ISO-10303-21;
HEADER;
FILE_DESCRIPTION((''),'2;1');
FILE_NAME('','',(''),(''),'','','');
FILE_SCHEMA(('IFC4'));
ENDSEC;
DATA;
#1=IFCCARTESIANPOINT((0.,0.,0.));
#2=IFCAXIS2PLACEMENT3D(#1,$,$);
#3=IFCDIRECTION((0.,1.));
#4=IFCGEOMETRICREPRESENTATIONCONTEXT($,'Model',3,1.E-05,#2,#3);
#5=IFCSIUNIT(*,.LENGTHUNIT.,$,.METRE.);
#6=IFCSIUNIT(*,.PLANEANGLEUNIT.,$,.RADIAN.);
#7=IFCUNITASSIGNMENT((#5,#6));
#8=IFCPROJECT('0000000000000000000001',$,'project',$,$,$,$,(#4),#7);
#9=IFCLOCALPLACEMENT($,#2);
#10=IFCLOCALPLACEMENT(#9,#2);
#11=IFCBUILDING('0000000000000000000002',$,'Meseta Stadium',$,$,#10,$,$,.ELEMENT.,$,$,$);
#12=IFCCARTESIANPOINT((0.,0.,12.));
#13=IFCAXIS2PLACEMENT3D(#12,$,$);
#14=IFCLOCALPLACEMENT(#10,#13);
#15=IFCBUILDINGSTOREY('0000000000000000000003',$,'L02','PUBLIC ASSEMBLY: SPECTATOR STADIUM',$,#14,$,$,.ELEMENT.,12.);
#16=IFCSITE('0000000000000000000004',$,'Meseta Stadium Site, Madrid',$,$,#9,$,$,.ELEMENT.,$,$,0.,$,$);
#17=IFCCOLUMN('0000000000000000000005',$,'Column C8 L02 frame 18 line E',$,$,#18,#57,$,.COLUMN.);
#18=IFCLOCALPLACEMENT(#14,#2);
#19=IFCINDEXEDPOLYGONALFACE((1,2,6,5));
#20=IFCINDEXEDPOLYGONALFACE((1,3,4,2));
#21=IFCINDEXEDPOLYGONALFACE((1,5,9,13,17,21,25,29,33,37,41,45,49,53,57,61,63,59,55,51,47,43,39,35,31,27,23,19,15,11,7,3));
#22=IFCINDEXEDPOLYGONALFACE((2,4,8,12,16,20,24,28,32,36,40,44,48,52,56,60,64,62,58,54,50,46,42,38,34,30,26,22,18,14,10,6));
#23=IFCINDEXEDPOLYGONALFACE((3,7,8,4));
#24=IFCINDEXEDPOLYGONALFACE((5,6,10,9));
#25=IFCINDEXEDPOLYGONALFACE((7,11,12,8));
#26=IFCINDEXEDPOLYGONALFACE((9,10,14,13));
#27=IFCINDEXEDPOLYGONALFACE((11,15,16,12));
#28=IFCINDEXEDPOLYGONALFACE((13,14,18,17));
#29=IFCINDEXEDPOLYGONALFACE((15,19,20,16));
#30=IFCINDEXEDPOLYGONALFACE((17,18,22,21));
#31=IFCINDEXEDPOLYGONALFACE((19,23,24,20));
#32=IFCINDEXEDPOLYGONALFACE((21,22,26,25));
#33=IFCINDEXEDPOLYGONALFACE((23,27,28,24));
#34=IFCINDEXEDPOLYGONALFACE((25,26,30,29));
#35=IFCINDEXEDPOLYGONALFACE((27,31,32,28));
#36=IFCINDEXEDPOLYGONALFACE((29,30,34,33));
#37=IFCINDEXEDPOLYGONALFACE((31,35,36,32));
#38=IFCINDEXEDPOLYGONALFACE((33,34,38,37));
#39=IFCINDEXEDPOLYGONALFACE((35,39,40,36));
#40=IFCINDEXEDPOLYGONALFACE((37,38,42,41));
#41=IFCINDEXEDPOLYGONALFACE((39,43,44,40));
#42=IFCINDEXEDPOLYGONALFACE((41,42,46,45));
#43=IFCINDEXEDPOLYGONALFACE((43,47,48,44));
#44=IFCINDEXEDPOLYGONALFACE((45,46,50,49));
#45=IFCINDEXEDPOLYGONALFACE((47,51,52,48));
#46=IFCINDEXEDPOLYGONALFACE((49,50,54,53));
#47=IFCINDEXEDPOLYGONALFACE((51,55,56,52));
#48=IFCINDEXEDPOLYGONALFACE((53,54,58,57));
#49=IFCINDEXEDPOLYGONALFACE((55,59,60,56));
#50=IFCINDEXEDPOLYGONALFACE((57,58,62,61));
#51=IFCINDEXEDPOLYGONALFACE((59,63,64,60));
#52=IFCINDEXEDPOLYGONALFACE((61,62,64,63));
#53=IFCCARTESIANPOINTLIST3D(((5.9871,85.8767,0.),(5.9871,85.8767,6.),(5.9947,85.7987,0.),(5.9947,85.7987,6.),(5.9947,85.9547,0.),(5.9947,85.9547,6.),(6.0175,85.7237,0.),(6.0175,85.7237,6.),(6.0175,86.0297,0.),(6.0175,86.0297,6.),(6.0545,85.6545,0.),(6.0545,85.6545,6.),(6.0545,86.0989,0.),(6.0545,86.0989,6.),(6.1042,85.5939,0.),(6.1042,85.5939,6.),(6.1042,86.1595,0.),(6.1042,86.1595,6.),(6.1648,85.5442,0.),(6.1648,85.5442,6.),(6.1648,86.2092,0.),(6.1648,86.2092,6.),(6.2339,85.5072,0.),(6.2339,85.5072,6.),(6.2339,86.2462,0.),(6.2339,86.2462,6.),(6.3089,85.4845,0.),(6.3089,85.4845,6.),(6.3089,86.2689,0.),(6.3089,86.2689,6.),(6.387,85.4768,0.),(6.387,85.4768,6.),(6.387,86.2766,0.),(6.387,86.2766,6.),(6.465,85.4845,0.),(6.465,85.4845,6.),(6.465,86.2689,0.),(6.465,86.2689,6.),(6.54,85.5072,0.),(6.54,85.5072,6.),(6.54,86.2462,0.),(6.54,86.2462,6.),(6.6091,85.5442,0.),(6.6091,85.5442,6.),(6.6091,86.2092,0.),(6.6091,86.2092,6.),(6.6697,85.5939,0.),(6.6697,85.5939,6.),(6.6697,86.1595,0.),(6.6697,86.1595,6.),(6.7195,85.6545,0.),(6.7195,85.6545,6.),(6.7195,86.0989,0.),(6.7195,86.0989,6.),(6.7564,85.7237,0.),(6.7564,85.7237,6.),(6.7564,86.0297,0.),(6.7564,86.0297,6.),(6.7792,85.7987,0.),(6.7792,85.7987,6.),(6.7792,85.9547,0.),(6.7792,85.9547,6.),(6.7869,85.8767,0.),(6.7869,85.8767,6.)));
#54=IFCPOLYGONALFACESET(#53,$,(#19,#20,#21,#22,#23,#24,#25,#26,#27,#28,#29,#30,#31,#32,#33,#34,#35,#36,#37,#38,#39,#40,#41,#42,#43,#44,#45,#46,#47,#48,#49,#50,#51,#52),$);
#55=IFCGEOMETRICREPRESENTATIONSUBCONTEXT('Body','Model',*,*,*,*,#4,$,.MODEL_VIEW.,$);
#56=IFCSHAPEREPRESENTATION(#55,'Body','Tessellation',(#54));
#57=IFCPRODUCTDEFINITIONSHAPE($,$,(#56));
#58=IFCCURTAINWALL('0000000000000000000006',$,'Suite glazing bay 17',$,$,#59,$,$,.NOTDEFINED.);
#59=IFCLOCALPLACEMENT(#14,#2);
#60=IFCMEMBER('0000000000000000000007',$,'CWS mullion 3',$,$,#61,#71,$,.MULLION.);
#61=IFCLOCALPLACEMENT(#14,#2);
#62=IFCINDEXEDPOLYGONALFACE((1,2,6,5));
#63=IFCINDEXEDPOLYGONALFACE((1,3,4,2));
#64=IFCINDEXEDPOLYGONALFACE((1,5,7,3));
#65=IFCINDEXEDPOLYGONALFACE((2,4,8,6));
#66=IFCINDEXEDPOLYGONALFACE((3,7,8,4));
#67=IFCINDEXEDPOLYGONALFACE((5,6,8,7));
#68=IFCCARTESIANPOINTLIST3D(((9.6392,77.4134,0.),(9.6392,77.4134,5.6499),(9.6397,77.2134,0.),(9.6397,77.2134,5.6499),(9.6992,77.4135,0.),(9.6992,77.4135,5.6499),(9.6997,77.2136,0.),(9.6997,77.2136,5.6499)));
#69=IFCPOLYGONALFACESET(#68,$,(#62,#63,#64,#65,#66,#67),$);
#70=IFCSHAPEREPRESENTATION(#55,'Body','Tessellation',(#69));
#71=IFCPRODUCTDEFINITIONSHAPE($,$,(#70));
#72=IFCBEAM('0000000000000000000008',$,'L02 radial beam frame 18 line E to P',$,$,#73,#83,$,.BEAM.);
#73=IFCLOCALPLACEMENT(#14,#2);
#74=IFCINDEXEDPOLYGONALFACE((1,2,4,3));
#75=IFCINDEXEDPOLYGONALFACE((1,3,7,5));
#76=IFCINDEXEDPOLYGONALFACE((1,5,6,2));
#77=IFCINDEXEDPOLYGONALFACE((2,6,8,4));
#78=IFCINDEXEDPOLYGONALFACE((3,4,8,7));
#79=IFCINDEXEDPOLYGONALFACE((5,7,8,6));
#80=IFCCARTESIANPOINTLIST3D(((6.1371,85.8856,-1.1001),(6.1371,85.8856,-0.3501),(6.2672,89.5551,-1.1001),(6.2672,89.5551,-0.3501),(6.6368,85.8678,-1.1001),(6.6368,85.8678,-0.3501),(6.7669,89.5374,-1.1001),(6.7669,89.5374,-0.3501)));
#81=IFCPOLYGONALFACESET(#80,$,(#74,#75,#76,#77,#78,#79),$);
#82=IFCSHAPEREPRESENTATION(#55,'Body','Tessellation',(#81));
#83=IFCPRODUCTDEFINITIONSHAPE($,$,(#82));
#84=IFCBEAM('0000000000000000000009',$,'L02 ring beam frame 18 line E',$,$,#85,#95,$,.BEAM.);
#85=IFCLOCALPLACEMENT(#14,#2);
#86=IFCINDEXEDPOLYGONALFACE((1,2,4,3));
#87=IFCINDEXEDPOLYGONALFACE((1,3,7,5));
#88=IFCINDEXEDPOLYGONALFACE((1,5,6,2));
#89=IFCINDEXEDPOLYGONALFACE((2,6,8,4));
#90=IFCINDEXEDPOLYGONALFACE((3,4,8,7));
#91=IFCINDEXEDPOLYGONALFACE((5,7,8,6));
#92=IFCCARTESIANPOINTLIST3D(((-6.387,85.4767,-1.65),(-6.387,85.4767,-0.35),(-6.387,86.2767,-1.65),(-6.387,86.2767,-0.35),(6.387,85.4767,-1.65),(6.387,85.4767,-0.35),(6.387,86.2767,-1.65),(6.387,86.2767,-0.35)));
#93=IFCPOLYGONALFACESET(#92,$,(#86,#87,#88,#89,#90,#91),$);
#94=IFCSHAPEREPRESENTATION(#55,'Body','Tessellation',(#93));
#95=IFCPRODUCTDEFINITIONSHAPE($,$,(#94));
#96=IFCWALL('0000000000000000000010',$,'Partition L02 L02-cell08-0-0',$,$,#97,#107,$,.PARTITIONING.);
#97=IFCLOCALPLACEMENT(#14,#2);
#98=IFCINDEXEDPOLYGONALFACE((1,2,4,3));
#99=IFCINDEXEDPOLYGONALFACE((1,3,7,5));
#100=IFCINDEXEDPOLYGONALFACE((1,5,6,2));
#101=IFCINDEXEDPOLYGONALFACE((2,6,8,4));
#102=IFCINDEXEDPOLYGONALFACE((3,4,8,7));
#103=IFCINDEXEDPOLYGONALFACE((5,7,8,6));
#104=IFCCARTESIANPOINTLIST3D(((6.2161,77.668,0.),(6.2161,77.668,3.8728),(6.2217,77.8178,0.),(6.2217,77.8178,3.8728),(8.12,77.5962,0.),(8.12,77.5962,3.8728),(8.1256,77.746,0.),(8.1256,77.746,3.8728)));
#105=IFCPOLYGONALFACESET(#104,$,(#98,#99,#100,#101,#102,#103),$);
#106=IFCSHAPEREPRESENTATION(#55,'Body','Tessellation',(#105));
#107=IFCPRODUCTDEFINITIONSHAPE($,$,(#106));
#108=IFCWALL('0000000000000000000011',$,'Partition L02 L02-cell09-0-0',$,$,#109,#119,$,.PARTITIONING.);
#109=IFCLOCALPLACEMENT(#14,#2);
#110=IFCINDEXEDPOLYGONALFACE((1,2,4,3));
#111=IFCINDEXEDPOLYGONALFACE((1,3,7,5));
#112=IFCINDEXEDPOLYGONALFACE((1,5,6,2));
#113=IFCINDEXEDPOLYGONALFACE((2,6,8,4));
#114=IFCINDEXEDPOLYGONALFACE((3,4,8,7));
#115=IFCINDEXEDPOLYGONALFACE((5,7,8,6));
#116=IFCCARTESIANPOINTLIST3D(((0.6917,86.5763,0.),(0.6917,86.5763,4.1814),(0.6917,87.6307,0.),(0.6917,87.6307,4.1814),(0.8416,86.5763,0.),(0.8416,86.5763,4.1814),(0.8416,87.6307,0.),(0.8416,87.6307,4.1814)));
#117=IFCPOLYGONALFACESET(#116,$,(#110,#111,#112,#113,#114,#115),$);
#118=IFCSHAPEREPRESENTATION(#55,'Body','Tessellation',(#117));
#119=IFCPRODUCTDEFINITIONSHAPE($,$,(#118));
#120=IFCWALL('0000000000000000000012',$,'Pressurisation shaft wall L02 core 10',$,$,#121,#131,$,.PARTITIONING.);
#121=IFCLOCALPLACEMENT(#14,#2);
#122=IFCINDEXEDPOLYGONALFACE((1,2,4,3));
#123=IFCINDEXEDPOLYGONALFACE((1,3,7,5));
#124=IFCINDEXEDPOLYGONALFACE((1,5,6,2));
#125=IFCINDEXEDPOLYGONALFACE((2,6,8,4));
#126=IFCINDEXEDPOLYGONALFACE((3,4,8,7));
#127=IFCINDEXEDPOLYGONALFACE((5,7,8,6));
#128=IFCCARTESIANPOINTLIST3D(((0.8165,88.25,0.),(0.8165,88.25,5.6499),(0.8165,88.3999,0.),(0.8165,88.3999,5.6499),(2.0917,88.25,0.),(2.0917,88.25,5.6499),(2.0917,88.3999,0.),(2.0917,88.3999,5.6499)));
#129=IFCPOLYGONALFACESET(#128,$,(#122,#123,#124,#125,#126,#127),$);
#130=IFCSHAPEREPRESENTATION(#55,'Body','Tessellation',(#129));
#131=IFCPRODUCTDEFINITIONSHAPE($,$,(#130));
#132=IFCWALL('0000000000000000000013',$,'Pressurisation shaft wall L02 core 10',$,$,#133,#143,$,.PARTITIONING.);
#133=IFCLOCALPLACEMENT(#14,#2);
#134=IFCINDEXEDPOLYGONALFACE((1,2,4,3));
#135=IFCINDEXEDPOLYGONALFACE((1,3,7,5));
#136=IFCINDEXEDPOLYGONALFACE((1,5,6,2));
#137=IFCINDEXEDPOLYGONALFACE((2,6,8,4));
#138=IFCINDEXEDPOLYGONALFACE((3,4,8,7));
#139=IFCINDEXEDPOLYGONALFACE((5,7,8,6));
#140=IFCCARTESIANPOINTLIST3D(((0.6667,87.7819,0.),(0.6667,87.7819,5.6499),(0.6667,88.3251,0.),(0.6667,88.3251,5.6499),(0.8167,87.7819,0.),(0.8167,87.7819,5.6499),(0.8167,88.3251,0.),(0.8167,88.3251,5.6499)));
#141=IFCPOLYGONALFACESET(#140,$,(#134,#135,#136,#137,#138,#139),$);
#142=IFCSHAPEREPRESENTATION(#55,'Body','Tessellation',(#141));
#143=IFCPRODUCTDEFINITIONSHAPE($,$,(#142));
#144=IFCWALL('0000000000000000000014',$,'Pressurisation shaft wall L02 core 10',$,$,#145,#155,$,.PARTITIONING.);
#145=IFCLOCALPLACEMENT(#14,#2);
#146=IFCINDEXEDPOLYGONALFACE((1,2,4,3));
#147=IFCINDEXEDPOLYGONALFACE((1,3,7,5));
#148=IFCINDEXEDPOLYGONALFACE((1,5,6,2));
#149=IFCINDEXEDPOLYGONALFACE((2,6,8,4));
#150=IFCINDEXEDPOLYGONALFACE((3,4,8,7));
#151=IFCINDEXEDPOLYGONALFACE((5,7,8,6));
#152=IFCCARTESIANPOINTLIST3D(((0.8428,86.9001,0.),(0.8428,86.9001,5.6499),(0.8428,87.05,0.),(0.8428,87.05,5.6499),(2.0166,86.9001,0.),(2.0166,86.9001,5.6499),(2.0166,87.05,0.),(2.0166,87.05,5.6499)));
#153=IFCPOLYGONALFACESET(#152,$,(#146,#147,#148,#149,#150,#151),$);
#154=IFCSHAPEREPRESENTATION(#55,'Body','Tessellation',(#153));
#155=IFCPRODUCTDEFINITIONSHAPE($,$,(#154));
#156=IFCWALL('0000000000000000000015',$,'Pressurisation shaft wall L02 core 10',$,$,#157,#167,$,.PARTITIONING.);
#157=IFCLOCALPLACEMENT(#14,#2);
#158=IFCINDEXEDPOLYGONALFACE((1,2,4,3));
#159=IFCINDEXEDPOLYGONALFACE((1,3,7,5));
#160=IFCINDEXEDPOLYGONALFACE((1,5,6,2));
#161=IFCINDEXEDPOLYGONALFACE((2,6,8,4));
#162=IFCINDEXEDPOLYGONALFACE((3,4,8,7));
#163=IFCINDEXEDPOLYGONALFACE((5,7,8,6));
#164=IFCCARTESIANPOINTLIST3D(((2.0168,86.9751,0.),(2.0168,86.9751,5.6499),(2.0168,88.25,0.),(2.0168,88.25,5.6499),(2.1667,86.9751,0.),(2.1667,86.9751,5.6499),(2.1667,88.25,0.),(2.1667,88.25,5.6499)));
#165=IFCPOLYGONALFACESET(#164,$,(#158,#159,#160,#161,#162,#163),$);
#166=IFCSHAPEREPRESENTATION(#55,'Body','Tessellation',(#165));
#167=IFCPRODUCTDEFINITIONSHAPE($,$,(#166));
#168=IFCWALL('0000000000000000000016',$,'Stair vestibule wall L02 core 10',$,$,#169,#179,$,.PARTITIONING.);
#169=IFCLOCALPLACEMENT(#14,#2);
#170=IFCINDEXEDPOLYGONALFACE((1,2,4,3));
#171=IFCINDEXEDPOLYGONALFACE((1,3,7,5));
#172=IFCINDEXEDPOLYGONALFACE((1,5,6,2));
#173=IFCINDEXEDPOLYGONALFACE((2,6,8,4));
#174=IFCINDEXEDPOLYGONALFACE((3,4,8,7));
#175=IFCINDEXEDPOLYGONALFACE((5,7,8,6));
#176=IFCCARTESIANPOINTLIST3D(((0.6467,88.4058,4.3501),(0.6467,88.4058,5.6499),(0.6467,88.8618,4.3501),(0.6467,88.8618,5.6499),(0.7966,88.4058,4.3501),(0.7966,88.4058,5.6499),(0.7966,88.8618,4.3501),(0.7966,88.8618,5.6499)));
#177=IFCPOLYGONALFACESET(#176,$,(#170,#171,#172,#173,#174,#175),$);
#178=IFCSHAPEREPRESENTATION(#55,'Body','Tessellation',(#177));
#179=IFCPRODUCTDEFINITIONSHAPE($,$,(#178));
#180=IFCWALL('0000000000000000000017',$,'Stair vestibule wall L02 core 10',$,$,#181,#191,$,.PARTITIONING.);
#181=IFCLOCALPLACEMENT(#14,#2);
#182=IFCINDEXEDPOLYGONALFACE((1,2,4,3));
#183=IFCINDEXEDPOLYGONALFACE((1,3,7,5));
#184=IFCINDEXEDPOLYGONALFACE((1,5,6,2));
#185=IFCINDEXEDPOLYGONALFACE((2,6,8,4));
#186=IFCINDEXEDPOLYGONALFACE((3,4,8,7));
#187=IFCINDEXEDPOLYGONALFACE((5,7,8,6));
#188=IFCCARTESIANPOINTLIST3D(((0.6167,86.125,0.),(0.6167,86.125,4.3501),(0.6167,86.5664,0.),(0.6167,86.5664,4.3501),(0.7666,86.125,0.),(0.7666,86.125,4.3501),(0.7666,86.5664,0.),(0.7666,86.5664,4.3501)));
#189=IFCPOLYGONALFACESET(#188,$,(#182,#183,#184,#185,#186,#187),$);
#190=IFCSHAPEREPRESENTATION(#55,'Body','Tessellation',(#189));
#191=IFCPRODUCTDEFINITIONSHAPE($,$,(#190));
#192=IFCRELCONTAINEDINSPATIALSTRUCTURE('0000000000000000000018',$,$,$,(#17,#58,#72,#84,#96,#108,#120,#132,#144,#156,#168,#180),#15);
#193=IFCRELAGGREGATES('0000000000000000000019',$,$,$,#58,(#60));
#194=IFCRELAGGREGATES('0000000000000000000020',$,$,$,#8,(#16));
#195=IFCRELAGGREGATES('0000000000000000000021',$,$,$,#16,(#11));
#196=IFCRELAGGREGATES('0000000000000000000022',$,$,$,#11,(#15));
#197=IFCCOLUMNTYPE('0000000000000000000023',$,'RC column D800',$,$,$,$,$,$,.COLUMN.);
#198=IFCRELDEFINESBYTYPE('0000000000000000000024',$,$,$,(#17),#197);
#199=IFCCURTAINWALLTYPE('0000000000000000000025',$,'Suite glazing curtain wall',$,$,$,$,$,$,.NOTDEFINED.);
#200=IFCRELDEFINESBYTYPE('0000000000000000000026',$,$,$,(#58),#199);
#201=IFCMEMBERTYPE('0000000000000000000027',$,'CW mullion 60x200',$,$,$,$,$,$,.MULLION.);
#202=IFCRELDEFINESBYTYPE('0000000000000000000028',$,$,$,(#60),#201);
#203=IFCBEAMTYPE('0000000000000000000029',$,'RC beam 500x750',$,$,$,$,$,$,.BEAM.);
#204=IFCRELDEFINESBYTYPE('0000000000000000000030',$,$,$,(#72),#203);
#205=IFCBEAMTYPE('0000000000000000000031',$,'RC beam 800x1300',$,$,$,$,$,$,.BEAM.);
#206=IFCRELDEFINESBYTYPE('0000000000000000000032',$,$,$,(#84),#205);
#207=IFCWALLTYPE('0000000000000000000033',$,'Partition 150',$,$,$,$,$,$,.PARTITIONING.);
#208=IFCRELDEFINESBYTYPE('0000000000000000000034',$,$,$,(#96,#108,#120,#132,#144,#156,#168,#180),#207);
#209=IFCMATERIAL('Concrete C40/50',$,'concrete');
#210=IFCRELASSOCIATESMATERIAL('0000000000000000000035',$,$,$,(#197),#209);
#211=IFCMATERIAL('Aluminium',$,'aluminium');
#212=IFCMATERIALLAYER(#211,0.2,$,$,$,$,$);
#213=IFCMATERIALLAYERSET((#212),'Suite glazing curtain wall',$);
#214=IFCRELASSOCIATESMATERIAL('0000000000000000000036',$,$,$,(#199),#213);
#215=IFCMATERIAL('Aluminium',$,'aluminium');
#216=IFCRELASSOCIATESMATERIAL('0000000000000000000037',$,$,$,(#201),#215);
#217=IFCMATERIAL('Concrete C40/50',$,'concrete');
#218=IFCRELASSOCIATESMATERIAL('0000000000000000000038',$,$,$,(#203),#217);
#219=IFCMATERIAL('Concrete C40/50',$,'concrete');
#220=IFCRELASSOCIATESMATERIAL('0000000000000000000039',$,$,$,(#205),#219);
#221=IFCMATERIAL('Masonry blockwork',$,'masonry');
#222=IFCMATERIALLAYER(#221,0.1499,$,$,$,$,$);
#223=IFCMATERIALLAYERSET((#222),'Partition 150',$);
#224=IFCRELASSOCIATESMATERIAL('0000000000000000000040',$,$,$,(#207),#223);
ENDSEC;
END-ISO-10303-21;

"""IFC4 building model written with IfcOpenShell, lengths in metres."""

from ifc_helpers import new_model, si_unit, direction, frame, frame_2d, origin, origin_2d, place, context, subcontext, project, spatial, rectangle, circle, extrude, material, layer, layer_set, material_profile, profile_set, type_object, element, aggregate, save


model = new_model("IFC4")

# Units and contexts
model_context = context("Model", 3, precision=1e-05, world=origin(), true_north=direction((0.0, 1.0)))
body_context = subcontext(model_context, "Body", "Model", "MODEL_VIEW")
ifc_project = project(units=[si_unit("LENGTHUNIT", "METRE"), si_unit("PLANEANGLEUNIT", "RADIAN")], contexts=[model_context])

# Site, building, storey
site_placement = place(None, origin())
site = spatial("IfcSite", under=ifc_project, at=site_placement, Name="Meseta Stadium Site, Madrid", CompositionType="ELEMENT", RefElevation=0.0)
building_placement = place(site_placement, origin())
building = spatial("IfcBuilding", under=site, at=building_placement, Name="Meseta Stadium", CompositionType="ELEMENT")
storey_placement = place(building_placement, frame((0.0, 0.0, 12.0)))
storey = spatial("IfcBuildingStorey", under=building, at=storey_placement, Name="L02", Description="PUBLIC ASSEMBLY: SPECTATOR STADIUM", CompositionType="ELEMENT", Elevation=12.0)

# Column
ifc_material_1 = material(Name="Concrete C40/50", Category="concrete")
ifc_material_profile_1 = material_profile(ifc_material_1, circle(Radius=0.3999, at=origin_2d()), Name="RC D800")
ifc_profile_set_1 = profile_set([ifc_material_profile_1], Name="Concrete C40/50")
column_type = type_object("IfcColumnType", Name="RC column D800", PredefinedType="COLUMN", material=ifc_profile_set_1)
column_placement = place(storey_placement, frame((6.387, 85.8767, 0.0), z_axis=(0.0, 0.0, 1.0), x_axis=(1.0, 0.0, 0.0)))
element("IfcColumn", 1, at=column_placement, inside=storey, type_object=column_type, Name="Column C8 L02 frame 18 line E", PredefinedType="COLUMN", context=body_context, shape_type="SweptSolid", body=[
    extrude(circle(Radius=0.3999, at=origin_2d()), origin(), (0.0, 0.0, 1.0), 6.0),
])

# Curtain wall, member
ifc_material_2 = material(Name="Aluminium", Category="aluminium")
ifc_layer_1 = layer(ifc_material_2, 0.2)
ifc_layer_set_1 = layer_set([ifc_layer_1], Name="Suite glazing curtain wall")
curtain_wall_type = type_object("IfcCurtainWallType", Name="Suite glazing curtain wall", PredefinedType="NOTDEFINED", material=ifc_layer_set_1)
curtain_wall_placement = place(storey_placement, origin())
curtain_wall = element("IfcCurtainWall", 2, at=curtain_wall_placement, inside=storey, type_object=curtain_wall_type, Name="Suite glazing bay 17", PredefinedType="NOTDEFINED")
ifc_material_3 = material(Name="Aluminium", Category="aluminium")
ifc_material_profile_2 = material_profile(ifc_material_3, rectangle(XDim=0.2, YDim=0.0601, at=origin_2d()), Name="CW 200x60")
ifc_profile_set_2 = profile_set([ifc_material_profile_2], Name="Aluminium")
member_type = type_object("IfcMemberType", Name="CW mullion 60x200", PredefinedType="MULLION", material=ifc_profile_set_2)
member_placement = place(storey_placement, frame((9.6694, 77.3135, 0.0), z_axis=(0.0, 0.0, 1.0), x_axis=(0.002486, -0.999997, 0.0)))
member = element("IfcMember", 3, at=member_placement, type_object=member_type, Name="CWS mullion 3", PredefinedType="MULLION", context=body_context, shape_type="SweptSolid", body=[
    extrude(rectangle(XDim=0.2, YDim=0.0601, at=origin_2d()), origin(), (0.0, 0.0, 1.0), 5.6499),
])
aggregate(curtain_wall, [member])

# Beams
ifc_material_4 = material(Name="Concrete C40/50", Category="concrete")
ifc_material_profile_3 = material_profile(ifc_material_4, rectangle(XDim=0.5, YDim=0.75, at=origin_2d()), Name="RC 500x750")
ifc_profile_set_3 = profile_set([ifc_material_profile_3], Name="Concrete C40/50")
beam_type_1 = type_object("IfcBeamType", Name="RC beam 500x750", PredefinedType="BEAM", material=ifc_profile_set_3)
beam_1_placement = place(storey_placement, frame((6.387, 85.8767, -0.7251), z_axis=(0.035438, 0.999372, 0.0), x_axis=(-0.999372, 0.035438, 0.0)))
element("IfcBeam", 4, at=beam_1_placement, inside=storey, type_object=beam_type_1, Name="L02 radial beam frame 18 line E to P", PredefinedType="BEAM", context=body_context, shape_type="SweptSolid", body=[
    extrude(rectangle(XDim=0.5, YDim=0.75, at=origin_2d()), origin(), (0.0, 0.0, 1.0), 3.6719),
])
ifc_material_5 = material(Name="Concrete C40/50", Category="concrete")
ifc_material_profile_4 = material_profile(ifc_material_5, rectangle(XDim=0.8, YDim=1.3, at=origin_2d()), Name="RC 800x1300")
ifc_profile_set_4 = profile_set([ifc_material_profile_4], Name="Concrete C40/50")
beam_type_2 = type_object("IfcBeamType", Name="RC beam 800x1300", PredefinedType="BEAM", material=ifc_profile_set_4)
beam_2_placement = place(storey_placement, frame((6.387, 85.8767, -1.0), z_axis=(-1.0, 0.0, 0.0), x_axis=(0.0, -1.0, 0.0)))
element("IfcBeam", 5, at=beam_2_placement, inside=storey, type_object=beam_type_2, Name="L02 ring beam frame 18 line E", PredefinedType="BEAM", context=body_context, shape_type="SweptSolid", body=[
    extrude(rectangle(XDim=0.8, YDim=1.3, at=origin_2d()), origin(), (0.0, 0.0, 1.0), 12.7739),
])

# Walls
ifc_material_6 = material(Name="Masonry blockwork", Category="masonry")
ifc_layer_2 = layer(ifc_material_6, 0.1499)
ifc_layer_set_2 = layer_set([ifc_layer_2], Name="Partition 150")
wall_type = type_object("IfcWallType", Name="Partition 150", PredefinedType="PARTITIONING", material=ifc_layer_set_2)
wall_1_placement = place(storey_placement, frame((8.1228, 77.6711, 0.0), z_axis=(0.0, 0.0, 1.0), x_axis=(-0.99929, 0.037675, 0.0)))
element("IfcWall", 6, at=wall_1_placement, inside=storey, type_object=wall_type, Name="Partition L02 L02-cell08-0-0", PredefinedType="PARTITIONING", context=body_context, shape_type="SweptSolid", body=[
    extrude(rectangle(XDim=1.9053, YDim=0.1499, at=frame_2d((0.9526, 0.0))), origin(), (0.0, 0.0, 1.0), 3.8728),
])
wall_2_placement = place(storey_placement, frame((0.7666, 87.6309, 0.0), z_axis=(0.0, 0.0, 1.0), x_axis=(0.0, -1.0, 0.0)))
element("IfcWall", 7, at=wall_2_placement, inside=storey, type_object=wall_type, Name="Partition L02 L02-cell09-0-0", PredefinedType="PARTITIONING", context=body_context, shape_type="SweptSolid", body=[
    extrude(rectangle(XDim=1.0544, YDim=0.1499, at=frame_2d((0.5273, 0.0))), origin(), (0.0, 0.0, 1.0), 4.1814),
])
wall_3_placement = place(storey_placement, frame((2.0918, 88.325, 0.0), z_axis=(0.0, 0.0, 1.0), x_axis=(-1.0, 0.0, 0.0)))
element("IfcWall", 8, at=wall_3_placement, inside=storey, type_object=wall_type, Name="Pressurisation shaft wall L02 core 10", PredefinedType="PARTITIONING", context=body_context, shape_type="SweptSolid", body=[
    extrude(rectangle(XDim=1.2751, YDim=0.1499, at=frame_2d((0.6377, 0.0))), origin(), (0.0, 0.0, 1.0), 5.6499),
])
wall_4_placement = place(storey_placement, frame((0.7417, 88.325, 0.0), z_axis=(0.0, 0.0, 1.0), x_axis=(0.0, -1.0, 0.0)))
element("IfcWall", 9, at=wall_4_placement, inside=storey, type_object=wall_type, Name="Pressurisation shaft wall L02 core 10", PredefinedType="PARTITIONING", context=body_context, shape_type="SweptSolid", body=[
    extrude(rectangle(XDim=0.5432, YDim=0.1499, at=frame_2d((0.2715, 0.0))), origin(), (0.0, 0.0, 1.0), 5.6499),
])
wall_5_placement = place(storey_placement, frame((0.8428, 86.9751, 0.0), z_axis=(0.0, 0.0, 1.0), x_axis=(1.0, 0.0, 0.0)))
element("IfcWall", 10, at=wall_5_placement, inside=storey, type_object=wall_type, Name="Pressurisation shaft wall L02 core 10", PredefinedType="PARTITIONING", context=body_context, shape_type="SweptSolid", body=[
    extrude(rectangle(XDim=1.1738, YDim=0.1499, at=frame_2d((0.5869, 0.0))), origin(), (0.0, 0.0, 1.0), 5.6499),
])
wall_6_placement = place(storey_placement, frame((2.0918, 86.9751, 0.0), z_axis=(0.0, 0.0, 1.0), x_axis=(0.0, 1.0, 0.0)))
element("IfcWall", 11, at=wall_6_placement, inside=storey, type_object=wall_type, Name="Pressurisation shaft wall L02 core 10", PredefinedType="PARTITIONING", context=body_context, shape_type="SweptSolid", body=[
    extrude(rectangle(XDim=1.2749, YDim=0.1499, at=frame_2d((0.6375, 0.0))), origin(), (0.0, 0.0, 1.0), 5.6499),
])
wall_7_placement = place(storey_placement, frame((0.7217, 88.8618, 4.3501), z_axis=(0.0, 0.0, 1.0), x_axis=(0.0, -1.0, 0.0)))
element("IfcWall", 12, at=wall_7_placement, inside=storey, type_object=wall_type, Name="Stair vestibule wall L02 core 10", PredefinedType="PARTITIONING", context=body_context, shape_type="SweptSolid", body=[
    extrude(rectangle(XDim=0.4561, YDim=0.1499, at=frame_2d((0.228, 0.0))), origin(), (0.0, 0.0, 1.0), 1.2998),
])
wall_8_placement = place(storey_placement, frame((0.6917, 86.5664, 0.0), z_axis=(0.0, 0.0, 1.0), x_axis=(0.0, -1.0, 0.0)))
element("IfcWall", 13, at=wall_8_placement, inside=storey, type_object=wall_type, Name="Stair vestibule wall L02 core 10", PredefinedType="PARTITIONING", context=body_context, shape_type="SweptSolid", body=[
    extrude(rectangle(XDim=0.4414, YDim=0.1499, at=frame_2d((0.2207, 0.0))), origin(), (0.0, 0.0, 1.0), 4.3501),
])

save(model, "model.ifc")
